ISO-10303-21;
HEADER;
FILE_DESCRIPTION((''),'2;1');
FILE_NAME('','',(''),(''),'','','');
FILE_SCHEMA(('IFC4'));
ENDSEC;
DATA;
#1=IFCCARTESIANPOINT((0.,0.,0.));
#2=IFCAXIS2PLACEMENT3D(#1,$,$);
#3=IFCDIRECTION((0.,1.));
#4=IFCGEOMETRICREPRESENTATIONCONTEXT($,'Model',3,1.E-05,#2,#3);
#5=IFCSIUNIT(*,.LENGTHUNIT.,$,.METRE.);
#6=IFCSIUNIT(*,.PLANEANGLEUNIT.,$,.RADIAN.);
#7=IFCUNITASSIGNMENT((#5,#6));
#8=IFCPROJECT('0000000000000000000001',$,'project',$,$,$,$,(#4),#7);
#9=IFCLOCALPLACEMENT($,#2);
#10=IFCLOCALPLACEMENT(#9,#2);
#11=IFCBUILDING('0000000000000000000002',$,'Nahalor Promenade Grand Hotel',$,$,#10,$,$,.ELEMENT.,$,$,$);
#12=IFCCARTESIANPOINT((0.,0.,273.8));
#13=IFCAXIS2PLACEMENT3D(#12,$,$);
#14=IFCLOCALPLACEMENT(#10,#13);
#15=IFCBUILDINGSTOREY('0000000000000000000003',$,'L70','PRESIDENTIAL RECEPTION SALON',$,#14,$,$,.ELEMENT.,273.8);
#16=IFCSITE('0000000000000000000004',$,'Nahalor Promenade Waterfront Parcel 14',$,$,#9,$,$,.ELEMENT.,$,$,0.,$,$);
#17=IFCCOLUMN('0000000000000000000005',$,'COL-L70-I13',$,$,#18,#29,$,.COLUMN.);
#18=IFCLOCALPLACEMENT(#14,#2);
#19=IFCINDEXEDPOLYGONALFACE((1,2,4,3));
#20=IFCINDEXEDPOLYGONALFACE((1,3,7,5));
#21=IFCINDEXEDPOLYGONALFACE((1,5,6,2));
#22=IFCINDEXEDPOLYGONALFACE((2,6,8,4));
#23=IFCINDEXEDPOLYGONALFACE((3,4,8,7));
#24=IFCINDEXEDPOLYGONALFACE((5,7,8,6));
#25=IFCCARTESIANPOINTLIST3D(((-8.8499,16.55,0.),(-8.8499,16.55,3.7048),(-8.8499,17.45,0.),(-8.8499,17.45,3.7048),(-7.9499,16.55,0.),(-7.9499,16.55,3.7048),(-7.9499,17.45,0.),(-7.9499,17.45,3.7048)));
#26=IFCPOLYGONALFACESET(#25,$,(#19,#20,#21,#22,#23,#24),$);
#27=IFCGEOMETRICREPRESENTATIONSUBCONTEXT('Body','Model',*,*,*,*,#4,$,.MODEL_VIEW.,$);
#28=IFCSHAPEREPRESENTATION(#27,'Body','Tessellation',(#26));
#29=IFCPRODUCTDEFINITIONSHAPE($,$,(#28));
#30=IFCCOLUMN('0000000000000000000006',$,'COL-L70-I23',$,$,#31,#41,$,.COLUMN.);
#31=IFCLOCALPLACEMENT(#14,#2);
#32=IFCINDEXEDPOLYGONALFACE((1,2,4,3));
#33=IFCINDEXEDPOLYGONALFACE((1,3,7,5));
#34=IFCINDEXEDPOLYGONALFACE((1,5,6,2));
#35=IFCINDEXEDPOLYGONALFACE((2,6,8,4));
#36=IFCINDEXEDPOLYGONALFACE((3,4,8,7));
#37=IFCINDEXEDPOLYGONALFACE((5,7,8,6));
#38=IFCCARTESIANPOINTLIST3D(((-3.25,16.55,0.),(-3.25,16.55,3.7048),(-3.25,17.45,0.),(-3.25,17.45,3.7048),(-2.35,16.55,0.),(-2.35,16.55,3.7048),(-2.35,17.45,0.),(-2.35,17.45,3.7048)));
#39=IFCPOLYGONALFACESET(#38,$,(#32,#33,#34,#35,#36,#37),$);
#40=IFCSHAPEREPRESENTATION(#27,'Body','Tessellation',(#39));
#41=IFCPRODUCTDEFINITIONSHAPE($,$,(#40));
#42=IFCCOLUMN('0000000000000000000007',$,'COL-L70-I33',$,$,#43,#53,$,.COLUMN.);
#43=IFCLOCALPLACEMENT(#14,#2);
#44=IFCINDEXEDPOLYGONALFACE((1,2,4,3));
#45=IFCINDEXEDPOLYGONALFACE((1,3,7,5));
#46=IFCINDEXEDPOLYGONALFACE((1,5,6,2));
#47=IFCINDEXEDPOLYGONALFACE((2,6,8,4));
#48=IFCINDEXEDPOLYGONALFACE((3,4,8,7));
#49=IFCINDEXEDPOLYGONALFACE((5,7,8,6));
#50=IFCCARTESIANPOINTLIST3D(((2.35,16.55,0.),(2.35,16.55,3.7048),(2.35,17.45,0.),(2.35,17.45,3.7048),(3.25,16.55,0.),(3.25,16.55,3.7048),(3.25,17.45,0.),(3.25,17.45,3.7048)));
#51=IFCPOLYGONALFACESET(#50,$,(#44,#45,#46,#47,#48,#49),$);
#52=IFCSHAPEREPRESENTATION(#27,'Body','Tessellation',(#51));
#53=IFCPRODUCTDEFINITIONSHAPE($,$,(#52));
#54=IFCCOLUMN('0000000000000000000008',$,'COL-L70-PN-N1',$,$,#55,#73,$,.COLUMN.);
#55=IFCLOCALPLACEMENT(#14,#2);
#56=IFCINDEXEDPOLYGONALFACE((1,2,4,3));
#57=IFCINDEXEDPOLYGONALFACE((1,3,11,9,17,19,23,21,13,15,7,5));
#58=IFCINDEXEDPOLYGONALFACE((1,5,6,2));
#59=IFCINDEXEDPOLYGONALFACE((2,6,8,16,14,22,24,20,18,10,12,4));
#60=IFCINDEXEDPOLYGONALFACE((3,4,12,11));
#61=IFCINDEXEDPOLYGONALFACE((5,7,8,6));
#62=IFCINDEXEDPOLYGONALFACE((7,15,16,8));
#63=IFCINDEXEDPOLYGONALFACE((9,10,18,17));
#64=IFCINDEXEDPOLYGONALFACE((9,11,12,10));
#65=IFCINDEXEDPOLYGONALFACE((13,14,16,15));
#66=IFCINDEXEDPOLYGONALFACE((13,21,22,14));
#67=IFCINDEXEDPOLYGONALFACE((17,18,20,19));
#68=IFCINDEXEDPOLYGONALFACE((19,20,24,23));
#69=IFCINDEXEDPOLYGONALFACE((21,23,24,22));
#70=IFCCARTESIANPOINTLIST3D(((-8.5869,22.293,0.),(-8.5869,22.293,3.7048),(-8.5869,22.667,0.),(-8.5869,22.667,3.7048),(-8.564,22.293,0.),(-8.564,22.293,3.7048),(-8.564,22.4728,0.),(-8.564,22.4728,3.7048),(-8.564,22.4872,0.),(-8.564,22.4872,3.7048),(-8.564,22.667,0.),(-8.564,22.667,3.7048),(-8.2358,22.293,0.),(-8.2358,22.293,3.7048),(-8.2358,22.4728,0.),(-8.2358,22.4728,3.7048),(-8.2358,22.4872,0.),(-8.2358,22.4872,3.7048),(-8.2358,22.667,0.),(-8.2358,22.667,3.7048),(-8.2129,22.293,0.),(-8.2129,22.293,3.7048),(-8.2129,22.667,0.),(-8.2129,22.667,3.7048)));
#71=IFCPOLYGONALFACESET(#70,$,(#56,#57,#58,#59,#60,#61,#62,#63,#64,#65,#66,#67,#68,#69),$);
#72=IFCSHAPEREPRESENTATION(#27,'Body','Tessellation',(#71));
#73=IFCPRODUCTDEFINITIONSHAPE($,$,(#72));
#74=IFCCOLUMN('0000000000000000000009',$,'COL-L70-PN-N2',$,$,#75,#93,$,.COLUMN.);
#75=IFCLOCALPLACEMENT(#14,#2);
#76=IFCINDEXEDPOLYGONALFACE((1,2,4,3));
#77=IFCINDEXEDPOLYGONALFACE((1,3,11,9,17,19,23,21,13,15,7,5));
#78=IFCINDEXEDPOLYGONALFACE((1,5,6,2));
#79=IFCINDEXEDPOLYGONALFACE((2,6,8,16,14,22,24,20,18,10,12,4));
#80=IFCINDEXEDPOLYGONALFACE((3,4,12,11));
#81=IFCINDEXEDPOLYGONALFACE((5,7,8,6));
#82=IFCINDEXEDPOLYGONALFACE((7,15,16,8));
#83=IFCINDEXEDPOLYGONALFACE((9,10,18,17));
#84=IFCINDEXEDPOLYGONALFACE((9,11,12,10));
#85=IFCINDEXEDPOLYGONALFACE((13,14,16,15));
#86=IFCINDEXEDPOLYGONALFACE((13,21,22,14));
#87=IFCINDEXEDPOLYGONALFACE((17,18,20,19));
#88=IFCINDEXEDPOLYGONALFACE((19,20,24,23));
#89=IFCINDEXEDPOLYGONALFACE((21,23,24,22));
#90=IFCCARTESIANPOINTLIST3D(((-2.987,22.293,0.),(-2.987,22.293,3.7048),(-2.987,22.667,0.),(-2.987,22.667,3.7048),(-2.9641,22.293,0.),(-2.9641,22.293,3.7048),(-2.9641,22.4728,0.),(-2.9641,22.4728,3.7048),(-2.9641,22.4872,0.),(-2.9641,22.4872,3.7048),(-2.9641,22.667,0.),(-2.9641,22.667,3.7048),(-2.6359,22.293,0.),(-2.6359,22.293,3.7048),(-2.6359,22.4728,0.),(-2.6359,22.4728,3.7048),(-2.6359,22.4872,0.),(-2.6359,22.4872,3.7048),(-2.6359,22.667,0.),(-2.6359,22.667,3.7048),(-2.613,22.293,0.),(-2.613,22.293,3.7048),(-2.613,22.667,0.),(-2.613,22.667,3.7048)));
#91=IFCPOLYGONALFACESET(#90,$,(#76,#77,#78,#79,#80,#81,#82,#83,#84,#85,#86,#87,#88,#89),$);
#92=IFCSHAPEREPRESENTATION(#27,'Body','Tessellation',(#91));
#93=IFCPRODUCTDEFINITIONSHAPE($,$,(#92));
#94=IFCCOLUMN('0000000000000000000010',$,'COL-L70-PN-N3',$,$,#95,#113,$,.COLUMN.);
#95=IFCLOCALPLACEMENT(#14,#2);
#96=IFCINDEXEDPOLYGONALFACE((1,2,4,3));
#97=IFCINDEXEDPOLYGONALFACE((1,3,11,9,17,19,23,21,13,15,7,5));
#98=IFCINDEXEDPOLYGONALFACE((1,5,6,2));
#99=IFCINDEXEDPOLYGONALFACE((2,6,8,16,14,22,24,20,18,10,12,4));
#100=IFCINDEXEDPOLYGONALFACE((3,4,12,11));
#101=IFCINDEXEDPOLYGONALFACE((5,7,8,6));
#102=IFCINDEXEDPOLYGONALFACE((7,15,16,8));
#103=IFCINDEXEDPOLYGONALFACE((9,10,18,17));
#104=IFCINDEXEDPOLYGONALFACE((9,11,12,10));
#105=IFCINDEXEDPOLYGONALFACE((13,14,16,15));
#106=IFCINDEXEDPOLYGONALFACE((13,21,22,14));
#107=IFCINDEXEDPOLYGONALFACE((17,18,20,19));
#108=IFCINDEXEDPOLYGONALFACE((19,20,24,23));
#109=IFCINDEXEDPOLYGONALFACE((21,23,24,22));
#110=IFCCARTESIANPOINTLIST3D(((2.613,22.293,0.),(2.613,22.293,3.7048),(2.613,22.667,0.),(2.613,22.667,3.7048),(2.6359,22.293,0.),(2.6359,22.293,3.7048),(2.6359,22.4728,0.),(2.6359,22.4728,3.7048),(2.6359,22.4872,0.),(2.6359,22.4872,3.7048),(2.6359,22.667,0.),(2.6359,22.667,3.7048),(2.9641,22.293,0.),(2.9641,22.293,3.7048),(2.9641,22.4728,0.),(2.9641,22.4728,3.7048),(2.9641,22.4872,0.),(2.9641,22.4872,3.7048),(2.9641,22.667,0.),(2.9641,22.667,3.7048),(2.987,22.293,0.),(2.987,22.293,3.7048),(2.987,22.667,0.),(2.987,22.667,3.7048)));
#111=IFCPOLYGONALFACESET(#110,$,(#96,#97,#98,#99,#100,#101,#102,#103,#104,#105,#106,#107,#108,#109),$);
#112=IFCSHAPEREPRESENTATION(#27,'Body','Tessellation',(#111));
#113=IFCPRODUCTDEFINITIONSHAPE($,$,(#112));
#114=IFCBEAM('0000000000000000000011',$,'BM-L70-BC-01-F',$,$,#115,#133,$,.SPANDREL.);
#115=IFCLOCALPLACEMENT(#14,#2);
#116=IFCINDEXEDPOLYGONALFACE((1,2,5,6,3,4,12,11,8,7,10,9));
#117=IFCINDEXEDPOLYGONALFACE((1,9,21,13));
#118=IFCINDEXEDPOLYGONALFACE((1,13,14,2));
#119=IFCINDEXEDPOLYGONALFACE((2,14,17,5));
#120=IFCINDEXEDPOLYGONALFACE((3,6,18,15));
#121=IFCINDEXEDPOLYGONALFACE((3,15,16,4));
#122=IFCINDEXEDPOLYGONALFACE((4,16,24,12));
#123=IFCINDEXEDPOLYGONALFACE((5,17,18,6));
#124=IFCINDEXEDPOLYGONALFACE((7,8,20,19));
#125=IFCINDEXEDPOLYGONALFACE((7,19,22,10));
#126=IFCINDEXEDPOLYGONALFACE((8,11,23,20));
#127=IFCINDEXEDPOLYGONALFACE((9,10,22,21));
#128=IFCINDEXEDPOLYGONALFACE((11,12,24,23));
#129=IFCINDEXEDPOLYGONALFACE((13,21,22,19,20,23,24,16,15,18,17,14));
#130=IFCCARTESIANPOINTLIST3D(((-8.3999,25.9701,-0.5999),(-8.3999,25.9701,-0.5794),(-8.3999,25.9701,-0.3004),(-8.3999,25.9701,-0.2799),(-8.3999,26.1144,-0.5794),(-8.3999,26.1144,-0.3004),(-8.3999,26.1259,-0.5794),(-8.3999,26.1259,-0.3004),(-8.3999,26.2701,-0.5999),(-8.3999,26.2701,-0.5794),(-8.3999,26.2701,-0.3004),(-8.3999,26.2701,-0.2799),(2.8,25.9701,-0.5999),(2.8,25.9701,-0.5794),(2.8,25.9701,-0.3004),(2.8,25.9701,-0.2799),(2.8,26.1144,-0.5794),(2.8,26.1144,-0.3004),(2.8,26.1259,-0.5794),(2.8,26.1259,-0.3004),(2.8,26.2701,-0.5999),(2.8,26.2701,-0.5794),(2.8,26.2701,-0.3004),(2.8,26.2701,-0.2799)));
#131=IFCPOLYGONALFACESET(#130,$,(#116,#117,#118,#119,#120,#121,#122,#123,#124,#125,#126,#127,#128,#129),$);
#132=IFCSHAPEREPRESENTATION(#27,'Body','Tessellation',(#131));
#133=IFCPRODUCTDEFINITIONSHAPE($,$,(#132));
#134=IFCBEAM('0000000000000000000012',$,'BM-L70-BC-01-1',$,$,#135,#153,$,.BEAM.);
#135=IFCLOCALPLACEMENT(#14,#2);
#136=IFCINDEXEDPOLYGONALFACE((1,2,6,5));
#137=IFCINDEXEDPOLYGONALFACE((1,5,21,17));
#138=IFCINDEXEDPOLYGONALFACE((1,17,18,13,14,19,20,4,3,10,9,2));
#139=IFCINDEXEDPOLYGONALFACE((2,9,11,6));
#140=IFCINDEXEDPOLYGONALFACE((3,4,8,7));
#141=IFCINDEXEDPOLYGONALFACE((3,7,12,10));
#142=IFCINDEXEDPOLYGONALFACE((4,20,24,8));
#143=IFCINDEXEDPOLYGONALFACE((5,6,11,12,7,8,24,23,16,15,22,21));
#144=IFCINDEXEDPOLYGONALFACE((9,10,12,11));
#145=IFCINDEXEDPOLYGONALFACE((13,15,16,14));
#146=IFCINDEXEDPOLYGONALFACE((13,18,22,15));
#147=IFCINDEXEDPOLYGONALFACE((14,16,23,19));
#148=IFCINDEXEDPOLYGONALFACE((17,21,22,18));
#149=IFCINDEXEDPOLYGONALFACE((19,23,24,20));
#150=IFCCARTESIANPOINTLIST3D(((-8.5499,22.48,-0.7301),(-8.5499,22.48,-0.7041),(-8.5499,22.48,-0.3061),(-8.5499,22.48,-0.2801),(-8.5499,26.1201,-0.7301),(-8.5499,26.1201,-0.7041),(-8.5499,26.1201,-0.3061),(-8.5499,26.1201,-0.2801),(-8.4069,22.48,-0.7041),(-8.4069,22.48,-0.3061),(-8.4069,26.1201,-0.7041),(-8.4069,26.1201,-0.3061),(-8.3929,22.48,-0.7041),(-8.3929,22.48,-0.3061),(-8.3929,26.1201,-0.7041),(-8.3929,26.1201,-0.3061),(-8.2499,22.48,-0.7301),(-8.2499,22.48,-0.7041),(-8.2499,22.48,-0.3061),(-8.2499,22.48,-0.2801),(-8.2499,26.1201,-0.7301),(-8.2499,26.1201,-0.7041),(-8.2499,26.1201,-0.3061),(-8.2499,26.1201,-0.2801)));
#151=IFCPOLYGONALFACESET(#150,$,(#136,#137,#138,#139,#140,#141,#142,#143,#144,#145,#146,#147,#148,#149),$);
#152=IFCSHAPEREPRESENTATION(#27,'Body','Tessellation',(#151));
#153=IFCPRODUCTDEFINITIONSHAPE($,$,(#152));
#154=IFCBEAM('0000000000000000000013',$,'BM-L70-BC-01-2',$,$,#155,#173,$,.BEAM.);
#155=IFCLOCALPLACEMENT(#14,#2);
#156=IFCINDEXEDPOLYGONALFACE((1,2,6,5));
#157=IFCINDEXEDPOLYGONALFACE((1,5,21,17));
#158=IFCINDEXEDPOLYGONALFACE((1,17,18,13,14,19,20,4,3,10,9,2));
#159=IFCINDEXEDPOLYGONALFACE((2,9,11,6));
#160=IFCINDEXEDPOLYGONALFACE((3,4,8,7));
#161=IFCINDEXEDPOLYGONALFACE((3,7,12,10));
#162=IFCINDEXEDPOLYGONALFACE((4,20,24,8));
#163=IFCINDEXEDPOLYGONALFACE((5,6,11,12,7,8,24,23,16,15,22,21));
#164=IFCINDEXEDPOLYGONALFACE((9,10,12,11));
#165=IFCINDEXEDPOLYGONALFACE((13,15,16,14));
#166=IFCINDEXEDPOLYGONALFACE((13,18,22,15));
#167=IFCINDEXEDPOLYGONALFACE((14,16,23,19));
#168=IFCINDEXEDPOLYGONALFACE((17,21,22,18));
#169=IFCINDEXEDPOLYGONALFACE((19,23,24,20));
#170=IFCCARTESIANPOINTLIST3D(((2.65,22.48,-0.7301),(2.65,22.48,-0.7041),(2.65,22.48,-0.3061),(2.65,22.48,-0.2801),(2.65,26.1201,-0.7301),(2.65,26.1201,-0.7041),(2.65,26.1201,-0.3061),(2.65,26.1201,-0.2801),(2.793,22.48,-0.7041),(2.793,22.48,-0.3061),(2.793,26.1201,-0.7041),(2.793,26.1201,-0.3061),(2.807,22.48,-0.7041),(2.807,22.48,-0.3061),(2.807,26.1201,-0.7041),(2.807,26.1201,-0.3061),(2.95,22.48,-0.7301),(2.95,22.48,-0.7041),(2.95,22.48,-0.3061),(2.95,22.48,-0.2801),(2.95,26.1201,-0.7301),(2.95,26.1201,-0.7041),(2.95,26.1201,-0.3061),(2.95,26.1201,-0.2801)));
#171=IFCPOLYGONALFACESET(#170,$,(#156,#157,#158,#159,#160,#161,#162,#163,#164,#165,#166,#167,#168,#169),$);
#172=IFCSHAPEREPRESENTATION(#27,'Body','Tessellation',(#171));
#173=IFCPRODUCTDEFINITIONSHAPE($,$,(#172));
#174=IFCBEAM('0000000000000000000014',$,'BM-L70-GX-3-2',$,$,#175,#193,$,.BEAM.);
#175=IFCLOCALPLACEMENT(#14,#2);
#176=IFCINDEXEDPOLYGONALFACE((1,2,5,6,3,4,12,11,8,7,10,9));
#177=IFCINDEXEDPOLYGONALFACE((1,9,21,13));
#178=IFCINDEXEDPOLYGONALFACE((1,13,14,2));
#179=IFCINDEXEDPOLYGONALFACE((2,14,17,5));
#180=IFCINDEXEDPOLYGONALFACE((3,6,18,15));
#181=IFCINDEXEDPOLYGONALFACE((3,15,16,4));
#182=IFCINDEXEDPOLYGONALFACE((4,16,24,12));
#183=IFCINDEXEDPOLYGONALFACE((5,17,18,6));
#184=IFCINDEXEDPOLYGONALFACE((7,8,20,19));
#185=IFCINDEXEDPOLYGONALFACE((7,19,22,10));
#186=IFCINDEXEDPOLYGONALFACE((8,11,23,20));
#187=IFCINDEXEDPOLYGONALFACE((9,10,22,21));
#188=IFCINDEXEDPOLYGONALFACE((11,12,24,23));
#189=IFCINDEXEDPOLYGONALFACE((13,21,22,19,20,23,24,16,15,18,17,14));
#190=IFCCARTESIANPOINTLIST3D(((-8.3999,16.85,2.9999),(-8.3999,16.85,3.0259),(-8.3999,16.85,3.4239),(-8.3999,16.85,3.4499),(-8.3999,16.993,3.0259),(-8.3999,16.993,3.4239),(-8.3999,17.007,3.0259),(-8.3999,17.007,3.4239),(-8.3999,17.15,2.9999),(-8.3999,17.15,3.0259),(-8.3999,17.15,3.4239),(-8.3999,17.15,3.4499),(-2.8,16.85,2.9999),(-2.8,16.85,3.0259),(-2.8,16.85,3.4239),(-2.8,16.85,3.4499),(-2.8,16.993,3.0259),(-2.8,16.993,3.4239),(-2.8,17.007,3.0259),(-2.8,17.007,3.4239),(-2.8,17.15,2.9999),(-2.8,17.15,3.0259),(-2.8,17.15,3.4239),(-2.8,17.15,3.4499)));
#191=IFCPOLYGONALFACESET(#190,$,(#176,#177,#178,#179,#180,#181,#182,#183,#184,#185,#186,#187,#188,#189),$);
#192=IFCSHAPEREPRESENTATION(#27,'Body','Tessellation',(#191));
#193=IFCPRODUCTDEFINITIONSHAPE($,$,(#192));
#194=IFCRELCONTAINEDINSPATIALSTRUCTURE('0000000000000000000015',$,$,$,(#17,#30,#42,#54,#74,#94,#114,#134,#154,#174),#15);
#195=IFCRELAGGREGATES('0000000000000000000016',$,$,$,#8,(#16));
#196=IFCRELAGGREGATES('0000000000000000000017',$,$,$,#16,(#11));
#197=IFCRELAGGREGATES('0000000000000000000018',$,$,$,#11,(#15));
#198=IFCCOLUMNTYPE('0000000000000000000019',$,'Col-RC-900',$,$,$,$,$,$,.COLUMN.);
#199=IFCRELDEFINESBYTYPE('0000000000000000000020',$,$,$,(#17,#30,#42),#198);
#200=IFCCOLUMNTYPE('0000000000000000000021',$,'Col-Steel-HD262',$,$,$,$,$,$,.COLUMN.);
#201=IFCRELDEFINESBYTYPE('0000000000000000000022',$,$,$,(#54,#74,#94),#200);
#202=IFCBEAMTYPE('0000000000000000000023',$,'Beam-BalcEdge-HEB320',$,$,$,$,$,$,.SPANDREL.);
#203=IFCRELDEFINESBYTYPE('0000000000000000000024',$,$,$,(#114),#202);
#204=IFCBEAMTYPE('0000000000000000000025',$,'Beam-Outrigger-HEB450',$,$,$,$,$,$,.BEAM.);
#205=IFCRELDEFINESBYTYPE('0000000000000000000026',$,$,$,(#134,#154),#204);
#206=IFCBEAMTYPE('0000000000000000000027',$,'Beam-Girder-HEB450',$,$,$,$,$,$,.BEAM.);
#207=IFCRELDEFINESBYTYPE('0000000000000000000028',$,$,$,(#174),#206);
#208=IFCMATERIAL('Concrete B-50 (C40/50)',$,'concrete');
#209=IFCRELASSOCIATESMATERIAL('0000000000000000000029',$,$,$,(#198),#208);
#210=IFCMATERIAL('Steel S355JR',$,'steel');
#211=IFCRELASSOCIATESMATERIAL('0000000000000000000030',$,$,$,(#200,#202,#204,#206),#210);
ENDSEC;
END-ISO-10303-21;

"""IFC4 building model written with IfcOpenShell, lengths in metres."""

from ifc_helpers import new_model, si_unit, direction, frame, origin, origin_2d, place, context, subcontext, project, spatial, rectangle, i_section, extrude, source, transform, mapped, material, material_profile, profile_set, type_object, element, save


model = new_model("IFC4")

# Units and contexts
model_context = context("Model", 3, precision=1e-05, world=origin(), true_north=direction((0.0, 1.0)))
body_context = subcontext(model_context, "Body", "Model", "MODEL_VIEW")
ifc_project = project(units=[si_unit("LENGTHUNIT", "METRE"), si_unit("PLANEANGLEUNIT", "RADIAN")], contexts=[model_context])

# Site, building, storey
site_placement = place(None, origin())
site = spatial("IfcSite", under=ifc_project, at=site_placement, Name="Nahalor Promenade Waterfront Parcel 14", CompositionType="ELEMENT", RefElevation=0.0)
building_placement = place(site_placement, origin())
building = spatial("IfcBuilding", under=site, at=building_placement, Name="Nahalor Promenade Grand Hotel", CompositionType="ELEMENT")
storey_placement = place(building_placement, frame((0.0, 0.0, 273.8)))
storey = spatial("IfcBuildingStorey", under=building, at=storey_placement, Name="L70", Description="PRESIDENTIAL RECEPTION SALON", CompositionType="ELEMENT", Elevation=273.8)

# Columns
ifc_material_1 = material(Name="Concrete B-50 (C40/50)", Category="concrete")
ifc_material_profile_1 = material_profile(ifc_material_1, rectangle(XDim=0.9, YDim=0.9, at=origin_2d()), Name="RC 900x900")
ifc_profile_set_1 = profile_set([ifc_material_profile_1], Name="Concrete B-50 (C40/50)")
column_type_1 = type_object("IfcColumnType", Name="Col-RC-900", PredefinedType="COLUMN", material=ifc_profile_set_1)
shared_shape_1 = source(origin(), body_context, "Body", "SweptSolid", [
    extrude(rectangle(XDim=0.9, YDim=0.9, at=origin_2d()), origin(), (0.0, 0.0, 1.0), 3.7048),
])
for number, where, z_axis, x_axis, name in (
    (1, (-8.3999, 17.0, 0.0), (0.0, 0.0, 1.0), (1.0, 0.0, 0.0), "COL-L70-I13"),
    (2, (-2.8, 17.0, 0.0), (0.0, 0.0, 1.0), (1.0, 0.0, 0.0), "COL-L70-I23"),
    (3, (2.8, 17.0, 0.0), (0.0, 0.0, 1.0), (1.0, 0.0, 0.0), "COL-L70-I33"),
):
    element("IfcColumn", number, at=place(storey_placement, frame(where, z_axis=z_axis, x_axis=x_axis)), inside=storey, type_object=column_type_1, Name=name, PredefinedType="COLUMN", context=body_context, shape_type="MappedRepresentation", body=[
        mapped(shared_shape_1, transform((0.0, 0.0, 0.0), scale=1.0)),
    ])
ifc_material_2 = material(Name="Steel S355JR", Category="steel")
ifc_material_profile_2 = material_profile(ifc_material_2, i_section(OverallWidth=0.374, OverallDepth=0.374, WebThickness=0.0144, FlangeThickness=0.0229, at=origin_2d()), Name="HD 360x262")
ifc_profile_set_2 = profile_set([ifc_material_profile_2], Name="Steel S355JR")
column_type_2 = type_object("IfcColumnType", Name="Col-Steel-HD262", PredefinedType="COLUMN", material=ifc_profile_set_2)
shared_shape_2 = source(origin(), body_context, "Body", "SweptSolid", [
    extrude(i_section(OverallWidth=0.374, OverallDepth=0.374, WebThickness=0.0144, FlangeThickness=0.0229, at=origin_2d()), origin(), (0.0, 0.0, 1.0), 3.7048),
])
for number, where, z_axis, x_axis, name in (
    (4, (-8.3999, 22.48, 0.0), (0.0, 0.0, 1.0), (0.0, 1.0, 0.0), "COL-L70-PN-N1"),
    (5, (-2.8, 22.48, 0.0), (0.0, 0.0, 1.0), (0.0, 1.0, 0.0), "COL-L70-PN-N2"),
    (6, (2.8, 22.48, 0.0), (0.0, 0.0, 1.0), (0.0, 1.0, 0.0), "COL-L70-PN-N3"),
):
    element("IfcColumn", number, at=place(storey_placement, frame(where, z_axis=z_axis, x_axis=x_axis)), inside=storey, type_object=column_type_2, Name=name, PredefinedType="COLUMN", context=body_context, shape_type="MappedRepresentation", body=[
        mapped(shared_shape_2, transform((0.0, 0.0, 0.0), scale=1.0)),
    ])

# Beams
ifc_material_profile_3 = material_profile(ifc_material_2, i_section(OverallWidth=0.3, OverallDepth=0.32, WebThickness=0.0115, FlangeThickness=0.0205, at=origin_2d()), Name="HEB 320")
ifc_profile_set_3 = profile_set([ifc_material_profile_3], Name="Steel S355JR")
beam_type_1 = type_object("IfcBeamType", Name="Beam-BalcEdge-HEB320", PredefinedType="SPANDREL", material=ifc_profile_set_3)
shared_shape_3 = source(origin(), body_context, "Body", "SweptSolid", [
    extrude(i_section(OverallWidth=0.3, OverallDepth=0.32, WebThickness=0.0115, FlangeThickness=0.0205, at=origin_2d()), origin(), (0.0, 0.0, 1.0), 11.2),
])
beam_1_placement = place(storey_placement, frame((-8.3999, 26.1201, -0.4399), z_axis=(1.0, 0.0, 0.0), x_axis=(0.0, 1.0, 0.0)))
element("IfcBeam", 7, at=beam_1_placement, inside=storey, type_object=beam_type_1, Name="BM-L70-BC-01-F", PredefinedType="SPANDREL", context=body_context, shape_type="MappedRepresentation", body=[
    mapped(shared_shape_3, transform((0.0, 0.0, 0.0), scale=1.0)),
])
ifc_material_profile_4 = material_profile(ifc_material_2, i_section(OverallWidth=0.3, OverallDepth=0.45, WebThickness=0.014, FlangeThickness=0.026, at=origin_2d()), Name="HEB 450")
ifc_profile_set_4 = profile_set([ifc_material_profile_4], Name="Steel S355JR")
beam_type_2 = type_object("IfcBeamType", Name="Beam-Outrigger-HEB450", PredefinedType="BEAM", material=ifc_profile_set_4)
shared_shape_4 = source(origin(), body_context, "Body", "SweptSolid", [
    extrude(i_section(OverallWidth=0.3, OverallDepth=0.45, WebThickness=0.014, FlangeThickness=0.026, at=origin_2d()), origin(), (0.0, 0.0, 1.0), 3.6401),
])
for number, where, z_axis, x_axis, name in (
    (8, (-8.3999, 22.48, -0.5051), (0.0, 1.0, 0.0), (-1.0, 0.0, 0.0), "BM-L70-BC-01-1"),
    (9, (2.8, 22.48, -0.5051), (0.0, 1.0, 0.0), (-1.0, 0.0, 0.0), "BM-L70-BC-01-2"),
):
    element("IfcBeam", number, at=place(storey_placement, frame(where, z_axis=z_axis, x_axis=x_axis)), inside=storey, type_object=beam_type_2, Name=name, PredefinedType="BEAM", context=body_context, shape_type="MappedRepresentation", body=[
        mapped(shared_shape_4, transform((0.0, 0.0, 0.0), scale=1.0)),
    ])
ifc_material_profile_5 = material_profile(ifc_material_2, i_section(OverallWidth=0.3, OverallDepth=0.45, WebThickness=0.014, FlangeThickness=0.026, at=origin_2d()), Name="HEB 450")
ifc_profile_set_5 = profile_set([ifc_material_profile_5], Name="Steel S355JR")
beam_type_3 = type_object("IfcBeamType", Name="Beam-Girder-HEB450", PredefinedType="BEAM", material=ifc_profile_set_5)
shared_shape_5 = source(origin(), body_context, "Body", "SweptSolid", [
    extrude(i_section(OverallWidth=0.3, OverallDepth=0.45, WebThickness=0.014, FlangeThickness=0.026, at=origin_2d()), origin(), (0.0, 0.0, 1.0), 5.5999),
])
beam_2_placement = place(storey_placement, frame((-8.3999, 17.0, 3.2249), z_axis=(1.0, 0.0, 0.0), x_axis=(0.0, 1.0, 0.0)))
element("IfcBeam", 10, at=beam_2_placement, inside=storey, type_object=beam_type_3, Name="BM-L70-GX-3-2", PredefinedType="BEAM", context=body_context, shape_type="MappedRepresentation", body=[
    mapped(shared_shape_5, transform((0.0, 0.0, 0.0), scale=1.0)),
])

save(model, "model.ifc")
